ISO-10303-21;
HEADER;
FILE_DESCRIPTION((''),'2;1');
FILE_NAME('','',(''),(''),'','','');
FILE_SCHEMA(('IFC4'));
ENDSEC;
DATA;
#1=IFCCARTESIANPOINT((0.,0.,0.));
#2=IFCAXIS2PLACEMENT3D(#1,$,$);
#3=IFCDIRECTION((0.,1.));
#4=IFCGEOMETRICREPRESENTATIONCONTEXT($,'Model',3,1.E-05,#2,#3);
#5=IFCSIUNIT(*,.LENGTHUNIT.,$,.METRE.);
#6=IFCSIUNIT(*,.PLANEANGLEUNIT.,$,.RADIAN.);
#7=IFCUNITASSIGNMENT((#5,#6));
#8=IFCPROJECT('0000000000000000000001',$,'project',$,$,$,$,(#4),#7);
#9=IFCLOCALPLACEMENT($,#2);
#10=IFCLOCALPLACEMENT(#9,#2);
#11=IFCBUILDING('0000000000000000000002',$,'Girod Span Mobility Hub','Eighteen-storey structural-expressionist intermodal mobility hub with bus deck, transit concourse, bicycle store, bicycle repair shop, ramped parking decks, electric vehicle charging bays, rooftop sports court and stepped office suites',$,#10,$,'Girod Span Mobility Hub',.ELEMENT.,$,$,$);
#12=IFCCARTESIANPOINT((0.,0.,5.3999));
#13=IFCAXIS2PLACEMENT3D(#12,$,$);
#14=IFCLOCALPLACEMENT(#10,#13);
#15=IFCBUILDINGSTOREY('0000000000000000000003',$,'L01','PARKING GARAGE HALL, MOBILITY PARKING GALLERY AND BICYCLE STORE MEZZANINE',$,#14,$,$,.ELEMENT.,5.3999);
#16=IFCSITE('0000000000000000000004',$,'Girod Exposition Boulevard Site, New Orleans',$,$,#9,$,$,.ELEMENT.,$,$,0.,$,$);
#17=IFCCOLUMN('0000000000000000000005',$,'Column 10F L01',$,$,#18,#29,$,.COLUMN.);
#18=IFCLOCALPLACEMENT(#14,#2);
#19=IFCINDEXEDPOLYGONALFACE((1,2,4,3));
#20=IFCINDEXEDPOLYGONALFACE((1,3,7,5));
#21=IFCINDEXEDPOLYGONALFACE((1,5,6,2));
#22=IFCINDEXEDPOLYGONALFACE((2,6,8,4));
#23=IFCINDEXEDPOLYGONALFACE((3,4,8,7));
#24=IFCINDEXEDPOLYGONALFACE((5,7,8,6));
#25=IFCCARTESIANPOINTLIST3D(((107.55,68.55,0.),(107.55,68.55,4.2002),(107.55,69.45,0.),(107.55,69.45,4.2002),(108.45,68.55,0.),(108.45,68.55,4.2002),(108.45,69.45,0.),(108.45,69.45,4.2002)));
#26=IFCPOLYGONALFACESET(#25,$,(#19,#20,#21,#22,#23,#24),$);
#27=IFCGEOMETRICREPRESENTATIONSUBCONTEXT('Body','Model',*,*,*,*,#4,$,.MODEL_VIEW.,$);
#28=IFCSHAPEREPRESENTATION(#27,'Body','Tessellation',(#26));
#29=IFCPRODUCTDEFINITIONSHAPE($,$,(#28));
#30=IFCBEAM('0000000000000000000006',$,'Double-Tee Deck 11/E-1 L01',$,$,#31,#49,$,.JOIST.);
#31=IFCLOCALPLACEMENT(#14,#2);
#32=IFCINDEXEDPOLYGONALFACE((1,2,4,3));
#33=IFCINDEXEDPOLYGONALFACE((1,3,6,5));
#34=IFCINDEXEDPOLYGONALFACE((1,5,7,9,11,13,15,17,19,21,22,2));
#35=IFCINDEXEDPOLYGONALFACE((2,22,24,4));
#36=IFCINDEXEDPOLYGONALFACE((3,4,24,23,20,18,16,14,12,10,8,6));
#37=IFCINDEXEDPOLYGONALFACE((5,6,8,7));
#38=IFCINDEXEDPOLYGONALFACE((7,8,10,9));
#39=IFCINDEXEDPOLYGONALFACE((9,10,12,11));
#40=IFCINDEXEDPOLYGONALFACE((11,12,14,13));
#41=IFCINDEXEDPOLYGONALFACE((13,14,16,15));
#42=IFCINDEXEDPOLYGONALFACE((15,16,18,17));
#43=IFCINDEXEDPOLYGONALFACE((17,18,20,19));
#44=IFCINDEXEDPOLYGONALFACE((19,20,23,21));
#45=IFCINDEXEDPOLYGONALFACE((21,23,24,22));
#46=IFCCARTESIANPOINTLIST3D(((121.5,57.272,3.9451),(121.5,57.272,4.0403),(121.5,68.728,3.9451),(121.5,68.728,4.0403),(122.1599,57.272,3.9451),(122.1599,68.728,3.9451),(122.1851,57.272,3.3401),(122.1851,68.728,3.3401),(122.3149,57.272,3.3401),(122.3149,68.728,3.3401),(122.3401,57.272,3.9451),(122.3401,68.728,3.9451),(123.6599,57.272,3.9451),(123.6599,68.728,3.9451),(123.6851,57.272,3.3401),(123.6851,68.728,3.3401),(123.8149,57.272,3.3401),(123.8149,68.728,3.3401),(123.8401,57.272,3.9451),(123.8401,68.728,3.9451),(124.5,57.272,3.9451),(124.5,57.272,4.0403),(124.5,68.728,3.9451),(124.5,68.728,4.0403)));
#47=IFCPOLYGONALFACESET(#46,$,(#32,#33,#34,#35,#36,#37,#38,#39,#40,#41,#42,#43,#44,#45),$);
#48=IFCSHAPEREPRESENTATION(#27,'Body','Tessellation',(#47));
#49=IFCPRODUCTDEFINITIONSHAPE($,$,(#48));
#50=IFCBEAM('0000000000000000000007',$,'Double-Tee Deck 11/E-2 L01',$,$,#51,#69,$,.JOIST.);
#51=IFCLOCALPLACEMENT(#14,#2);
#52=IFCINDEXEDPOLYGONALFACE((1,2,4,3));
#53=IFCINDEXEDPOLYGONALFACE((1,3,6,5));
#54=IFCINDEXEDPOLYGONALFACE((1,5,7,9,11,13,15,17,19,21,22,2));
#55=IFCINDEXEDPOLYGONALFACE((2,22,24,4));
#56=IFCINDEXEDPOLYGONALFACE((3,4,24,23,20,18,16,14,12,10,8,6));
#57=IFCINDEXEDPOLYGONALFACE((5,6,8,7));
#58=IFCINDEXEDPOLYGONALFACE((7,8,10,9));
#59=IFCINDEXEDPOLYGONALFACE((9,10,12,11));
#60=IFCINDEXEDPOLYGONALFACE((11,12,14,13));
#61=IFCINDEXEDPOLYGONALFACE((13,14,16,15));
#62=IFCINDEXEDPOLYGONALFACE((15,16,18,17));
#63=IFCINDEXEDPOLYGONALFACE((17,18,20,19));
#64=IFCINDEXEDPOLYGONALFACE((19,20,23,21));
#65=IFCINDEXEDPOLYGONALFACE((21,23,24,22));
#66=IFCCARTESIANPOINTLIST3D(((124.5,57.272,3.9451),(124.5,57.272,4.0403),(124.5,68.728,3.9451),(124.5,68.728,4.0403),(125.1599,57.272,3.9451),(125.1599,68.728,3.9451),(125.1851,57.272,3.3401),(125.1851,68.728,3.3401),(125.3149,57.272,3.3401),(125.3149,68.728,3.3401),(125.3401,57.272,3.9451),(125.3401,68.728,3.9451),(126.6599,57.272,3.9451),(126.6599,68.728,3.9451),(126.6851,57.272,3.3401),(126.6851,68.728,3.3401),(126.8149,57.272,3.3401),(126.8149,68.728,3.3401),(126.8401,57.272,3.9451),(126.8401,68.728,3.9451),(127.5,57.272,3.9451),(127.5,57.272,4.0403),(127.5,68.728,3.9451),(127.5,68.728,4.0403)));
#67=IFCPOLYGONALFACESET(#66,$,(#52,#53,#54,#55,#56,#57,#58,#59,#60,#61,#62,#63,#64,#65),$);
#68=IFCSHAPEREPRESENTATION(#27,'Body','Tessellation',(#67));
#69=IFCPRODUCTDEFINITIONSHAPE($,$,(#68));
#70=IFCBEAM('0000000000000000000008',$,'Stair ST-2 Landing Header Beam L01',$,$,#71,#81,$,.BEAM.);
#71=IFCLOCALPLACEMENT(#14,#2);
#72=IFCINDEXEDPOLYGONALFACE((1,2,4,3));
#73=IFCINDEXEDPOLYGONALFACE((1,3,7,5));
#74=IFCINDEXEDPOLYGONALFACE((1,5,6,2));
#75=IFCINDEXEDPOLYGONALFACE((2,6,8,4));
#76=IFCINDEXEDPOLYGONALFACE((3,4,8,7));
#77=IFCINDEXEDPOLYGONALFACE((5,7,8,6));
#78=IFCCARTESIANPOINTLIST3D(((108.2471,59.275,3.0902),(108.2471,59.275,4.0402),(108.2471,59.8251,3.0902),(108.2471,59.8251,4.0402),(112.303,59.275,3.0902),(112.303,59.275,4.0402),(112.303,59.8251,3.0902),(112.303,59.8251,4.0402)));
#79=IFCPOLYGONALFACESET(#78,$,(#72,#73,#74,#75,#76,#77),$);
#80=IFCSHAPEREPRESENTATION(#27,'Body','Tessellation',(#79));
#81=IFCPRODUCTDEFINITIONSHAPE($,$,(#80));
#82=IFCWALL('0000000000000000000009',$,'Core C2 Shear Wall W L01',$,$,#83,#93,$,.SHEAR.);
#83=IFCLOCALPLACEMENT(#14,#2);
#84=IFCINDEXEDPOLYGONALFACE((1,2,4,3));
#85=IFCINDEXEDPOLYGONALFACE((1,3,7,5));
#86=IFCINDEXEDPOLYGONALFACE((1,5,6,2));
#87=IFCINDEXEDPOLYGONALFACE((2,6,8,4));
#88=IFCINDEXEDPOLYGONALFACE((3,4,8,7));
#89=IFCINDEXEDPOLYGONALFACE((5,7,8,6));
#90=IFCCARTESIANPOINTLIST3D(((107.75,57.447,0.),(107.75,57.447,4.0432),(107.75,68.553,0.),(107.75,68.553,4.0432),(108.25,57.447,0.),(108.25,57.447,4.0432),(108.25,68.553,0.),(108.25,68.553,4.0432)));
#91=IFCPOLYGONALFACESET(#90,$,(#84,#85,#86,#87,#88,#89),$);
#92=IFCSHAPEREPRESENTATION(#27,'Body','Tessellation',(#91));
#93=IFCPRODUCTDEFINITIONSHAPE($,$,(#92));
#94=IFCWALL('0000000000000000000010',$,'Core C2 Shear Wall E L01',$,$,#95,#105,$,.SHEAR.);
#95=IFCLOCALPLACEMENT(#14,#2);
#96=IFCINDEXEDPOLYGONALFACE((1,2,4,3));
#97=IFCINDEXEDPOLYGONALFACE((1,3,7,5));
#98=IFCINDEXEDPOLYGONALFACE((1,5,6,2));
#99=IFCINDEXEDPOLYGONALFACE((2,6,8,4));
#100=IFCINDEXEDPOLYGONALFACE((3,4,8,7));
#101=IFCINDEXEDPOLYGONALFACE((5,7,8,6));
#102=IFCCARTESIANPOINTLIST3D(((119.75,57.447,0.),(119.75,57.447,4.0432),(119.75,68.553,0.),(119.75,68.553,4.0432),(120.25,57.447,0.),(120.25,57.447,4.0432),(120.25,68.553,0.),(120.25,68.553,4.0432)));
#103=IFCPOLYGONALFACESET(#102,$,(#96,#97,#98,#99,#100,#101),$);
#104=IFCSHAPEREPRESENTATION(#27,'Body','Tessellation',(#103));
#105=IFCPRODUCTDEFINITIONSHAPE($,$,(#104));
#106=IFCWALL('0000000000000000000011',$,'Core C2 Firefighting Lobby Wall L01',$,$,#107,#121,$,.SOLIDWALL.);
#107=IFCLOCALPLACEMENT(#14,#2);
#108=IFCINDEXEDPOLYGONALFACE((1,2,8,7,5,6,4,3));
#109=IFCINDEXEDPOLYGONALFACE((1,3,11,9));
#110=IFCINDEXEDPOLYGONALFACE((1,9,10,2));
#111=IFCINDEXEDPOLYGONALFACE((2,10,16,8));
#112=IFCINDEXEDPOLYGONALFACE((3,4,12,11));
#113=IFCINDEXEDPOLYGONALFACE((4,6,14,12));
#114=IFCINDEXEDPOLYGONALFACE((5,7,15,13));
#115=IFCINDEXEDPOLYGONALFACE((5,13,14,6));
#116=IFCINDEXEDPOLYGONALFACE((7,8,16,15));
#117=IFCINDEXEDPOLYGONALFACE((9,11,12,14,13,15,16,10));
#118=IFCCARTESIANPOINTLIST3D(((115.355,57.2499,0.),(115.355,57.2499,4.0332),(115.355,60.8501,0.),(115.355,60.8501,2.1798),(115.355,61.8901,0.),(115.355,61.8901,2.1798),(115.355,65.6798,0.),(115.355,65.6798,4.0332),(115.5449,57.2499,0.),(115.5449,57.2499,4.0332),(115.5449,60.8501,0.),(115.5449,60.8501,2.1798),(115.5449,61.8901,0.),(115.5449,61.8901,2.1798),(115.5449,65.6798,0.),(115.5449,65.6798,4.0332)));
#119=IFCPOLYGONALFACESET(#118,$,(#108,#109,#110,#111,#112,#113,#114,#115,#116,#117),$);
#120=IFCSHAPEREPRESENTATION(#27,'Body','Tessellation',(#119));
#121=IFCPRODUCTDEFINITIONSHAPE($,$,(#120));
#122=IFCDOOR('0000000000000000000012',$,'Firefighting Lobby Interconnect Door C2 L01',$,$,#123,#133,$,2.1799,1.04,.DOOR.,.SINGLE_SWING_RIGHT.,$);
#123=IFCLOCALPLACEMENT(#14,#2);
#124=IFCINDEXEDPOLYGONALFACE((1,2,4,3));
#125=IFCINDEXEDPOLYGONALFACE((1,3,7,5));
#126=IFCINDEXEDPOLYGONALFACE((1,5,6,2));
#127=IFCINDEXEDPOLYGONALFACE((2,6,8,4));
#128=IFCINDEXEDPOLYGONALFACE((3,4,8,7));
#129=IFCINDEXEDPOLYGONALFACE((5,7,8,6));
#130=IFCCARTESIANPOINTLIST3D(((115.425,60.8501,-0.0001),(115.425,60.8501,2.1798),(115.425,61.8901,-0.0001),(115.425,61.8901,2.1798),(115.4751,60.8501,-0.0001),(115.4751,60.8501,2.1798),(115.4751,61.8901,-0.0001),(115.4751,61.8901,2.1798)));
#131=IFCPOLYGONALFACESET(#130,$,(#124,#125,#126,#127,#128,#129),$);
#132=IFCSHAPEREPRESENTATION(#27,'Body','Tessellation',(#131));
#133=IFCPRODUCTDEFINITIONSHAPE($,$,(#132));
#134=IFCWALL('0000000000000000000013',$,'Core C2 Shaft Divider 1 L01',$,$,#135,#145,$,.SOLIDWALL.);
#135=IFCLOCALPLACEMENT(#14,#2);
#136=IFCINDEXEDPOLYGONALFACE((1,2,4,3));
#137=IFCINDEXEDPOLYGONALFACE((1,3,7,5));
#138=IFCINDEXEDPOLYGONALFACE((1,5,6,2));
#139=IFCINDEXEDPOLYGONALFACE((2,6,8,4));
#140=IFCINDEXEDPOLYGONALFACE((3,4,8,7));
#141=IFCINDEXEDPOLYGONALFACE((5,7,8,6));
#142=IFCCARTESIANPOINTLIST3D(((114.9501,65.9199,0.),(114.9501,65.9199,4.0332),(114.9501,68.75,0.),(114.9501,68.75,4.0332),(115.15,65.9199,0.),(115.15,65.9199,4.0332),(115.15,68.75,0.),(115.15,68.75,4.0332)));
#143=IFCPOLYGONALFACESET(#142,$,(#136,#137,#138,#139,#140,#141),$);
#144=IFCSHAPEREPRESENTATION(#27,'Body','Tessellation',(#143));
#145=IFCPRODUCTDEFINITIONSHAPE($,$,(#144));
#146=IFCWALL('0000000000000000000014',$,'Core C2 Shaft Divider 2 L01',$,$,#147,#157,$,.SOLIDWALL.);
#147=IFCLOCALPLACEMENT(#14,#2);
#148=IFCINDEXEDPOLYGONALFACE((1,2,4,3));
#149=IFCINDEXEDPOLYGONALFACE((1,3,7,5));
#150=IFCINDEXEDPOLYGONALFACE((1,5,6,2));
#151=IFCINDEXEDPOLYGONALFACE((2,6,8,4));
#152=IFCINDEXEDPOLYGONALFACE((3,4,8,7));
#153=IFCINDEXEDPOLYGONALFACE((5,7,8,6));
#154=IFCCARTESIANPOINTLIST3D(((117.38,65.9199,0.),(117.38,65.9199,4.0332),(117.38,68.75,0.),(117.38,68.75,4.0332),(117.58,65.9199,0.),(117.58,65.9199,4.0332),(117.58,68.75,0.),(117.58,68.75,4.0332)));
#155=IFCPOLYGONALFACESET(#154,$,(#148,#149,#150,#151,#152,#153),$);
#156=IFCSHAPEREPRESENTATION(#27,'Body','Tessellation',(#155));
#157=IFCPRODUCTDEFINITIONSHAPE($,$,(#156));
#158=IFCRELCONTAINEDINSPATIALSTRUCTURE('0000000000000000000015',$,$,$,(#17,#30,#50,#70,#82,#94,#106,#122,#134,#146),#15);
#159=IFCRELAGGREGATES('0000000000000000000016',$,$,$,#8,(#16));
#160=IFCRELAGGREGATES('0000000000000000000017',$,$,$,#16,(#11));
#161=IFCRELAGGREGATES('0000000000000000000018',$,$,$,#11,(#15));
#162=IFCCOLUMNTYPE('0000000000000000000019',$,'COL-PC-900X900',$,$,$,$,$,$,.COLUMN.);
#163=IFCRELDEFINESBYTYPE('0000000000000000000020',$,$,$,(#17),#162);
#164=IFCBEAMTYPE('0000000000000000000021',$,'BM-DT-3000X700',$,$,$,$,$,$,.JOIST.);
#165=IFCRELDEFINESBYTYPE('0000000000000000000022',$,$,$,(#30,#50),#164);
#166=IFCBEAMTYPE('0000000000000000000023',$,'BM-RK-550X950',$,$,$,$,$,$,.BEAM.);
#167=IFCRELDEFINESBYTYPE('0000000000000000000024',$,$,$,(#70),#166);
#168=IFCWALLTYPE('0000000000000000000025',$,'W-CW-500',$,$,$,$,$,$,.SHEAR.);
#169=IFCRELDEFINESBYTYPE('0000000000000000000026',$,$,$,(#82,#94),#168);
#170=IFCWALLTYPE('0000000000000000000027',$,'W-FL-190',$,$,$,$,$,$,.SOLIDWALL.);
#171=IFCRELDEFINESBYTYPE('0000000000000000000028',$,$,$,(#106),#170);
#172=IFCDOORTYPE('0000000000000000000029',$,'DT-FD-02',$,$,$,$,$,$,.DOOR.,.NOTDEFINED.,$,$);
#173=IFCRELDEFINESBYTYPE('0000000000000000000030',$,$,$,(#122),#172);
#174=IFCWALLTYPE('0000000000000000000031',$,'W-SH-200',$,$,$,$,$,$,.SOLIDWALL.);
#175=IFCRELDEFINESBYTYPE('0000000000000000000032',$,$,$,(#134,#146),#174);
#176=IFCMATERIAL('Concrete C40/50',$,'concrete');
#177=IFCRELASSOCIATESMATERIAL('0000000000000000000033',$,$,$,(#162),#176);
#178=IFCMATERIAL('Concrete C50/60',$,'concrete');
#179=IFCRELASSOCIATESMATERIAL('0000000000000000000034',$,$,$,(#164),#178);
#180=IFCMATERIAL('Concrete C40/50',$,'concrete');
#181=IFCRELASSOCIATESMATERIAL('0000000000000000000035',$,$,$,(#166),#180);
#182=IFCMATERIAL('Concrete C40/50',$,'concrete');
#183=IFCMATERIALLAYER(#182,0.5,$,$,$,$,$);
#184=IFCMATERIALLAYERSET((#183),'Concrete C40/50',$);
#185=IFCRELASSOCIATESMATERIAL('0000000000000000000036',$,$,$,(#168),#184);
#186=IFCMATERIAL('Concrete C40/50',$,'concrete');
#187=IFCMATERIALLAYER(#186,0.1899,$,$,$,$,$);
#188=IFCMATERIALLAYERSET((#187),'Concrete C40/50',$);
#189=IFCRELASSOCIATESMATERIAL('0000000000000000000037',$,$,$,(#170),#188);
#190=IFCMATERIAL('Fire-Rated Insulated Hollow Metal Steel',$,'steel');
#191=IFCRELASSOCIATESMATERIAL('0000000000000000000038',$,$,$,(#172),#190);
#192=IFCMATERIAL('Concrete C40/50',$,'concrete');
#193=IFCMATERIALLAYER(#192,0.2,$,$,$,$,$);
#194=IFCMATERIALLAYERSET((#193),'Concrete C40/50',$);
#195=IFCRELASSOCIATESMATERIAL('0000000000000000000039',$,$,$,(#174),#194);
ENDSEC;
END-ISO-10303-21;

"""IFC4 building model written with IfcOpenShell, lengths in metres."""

from ifc_helpers import new_model, si_unit, direction, frame, frame_2d, origin, origin_2d, place, context, subcontext, project, spatial, polyline, rectangle, outline, extrude, material, layer, layer_set, material_profile, profile_set, type_object, element, fill, save


model = new_model("IFC4")

# Units and contexts
model_context = context("Model", 3, precision=1e-05, world=origin(), true_north=direction((0.0, 1.0)))
body_context = subcontext(model_context, "Body", "Model", "MODEL_VIEW")
ifc_project = project(units=[si_unit("LENGTHUNIT", "METRE"), si_unit("PLANEANGLEUNIT", "RADIAN")], contexts=[model_context])

# Site, building, storey
site_placement = place(None, origin())
site = spatial("IfcSite", under=ifc_project, at=site_placement, Name="Girod Exposition Boulevard Site, New Orleans", CompositionType="ELEMENT", RefElevation=0.0)
building_placement = place(site_placement, origin())
building = spatial("IfcBuilding", under=site, at=building_placement, Name="Girod Span Mobility Hub", Description="Eighteen-storey structural-expressionist intermodal mobility hub with bus deck, transit concourse, bicycle store, bicycle repair shop, ramped parking decks, electric vehicle charging bays, rooftop sports court and stepped office suites", LongName="Girod Span Mobility Hub", CompositionType="ELEMENT")
storey_placement = place(building_placement, frame((0.0, 0.0, 5.3999)))
storey = spatial("IfcBuildingStorey", under=building, at=storey_placement, Name="L01", Description="PARKING GARAGE HALL, MOBILITY PARKING GALLERY AND BICYCLE STORE MEZZANINE", CompositionType="ELEMENT", Elevation=5.3999)

# Column
ifc_material_1 = material(Name="Concrete C40/50", Category="concrete")
ifc_material_profile_1 = material_profile(ifc_material_1, rectangle(XDim=0.8999, YDim=0.8999, at=origin_2d()), Name="PC-COL-900X900")
ifc_profile_set_1 = profile_set([ifc_material_profile_1], Name="Concrete C40/50")
column_type = type_object("IfcColumnType", Name="COL-PC-900X900", PredefinedType="COLUMN", material=ifc_profile_set_1)
column_placement = place(storey_placement, frame((108.0, 69.0, 0.0), z_axis=(0.0, 0.0, 1.0), x_axis=(1.0, 0.0, 0.0)))
element("IfcColumn", 1, at=column_placement, inside=storey, type_object=column_type, Name="Column 10F L01", PredefinedType="COLUMN", context=body_context, shape_type="SweptSolid", body=[
    extrude(rectangle(XDim=0.8999, YDim=0.8999, at=origin_2d()), origin(), (0.0, 0.0, 1.0), 4.2002),
])

# Beams
ifc_material_2 = material(Name="Concrete C50/60", Category="concrete")
ifc_material_profile_2 = material_profile(ifc_material_2, outline(polyline([(-1.5, 0.3501), (-1.5, 0.2549), (-0.8401, 0.2549), (-0.8149, -0.3501), (-0.6851, -0.3501), (-0.6599, 0.2549), (0.6599, 0.2549), (0.6851, -0.3501), (0.8149, -0.3501), (0.8401, 0.2549), (1.5, 0.2549), (1.5, 0.3501), (-1.5, 0.3501)])), Name="DT-3000X700")
ifc_profile_set_2 = profile_set([ifc_material_profile_2], Name="Concrete C50/60")
beam_type_1 = type_object("IfcBeamType", Name="BM-DT-3000X700", PredefinedType="JOIST", material=ifc_profile_set_2)
for number, where, z_axis, x_axis, name in (
    (2, (123.0, 57.272, 3.6902), (0.0, 1.0, 0.0), (-1.0, 0.0, 0.0), "Double-Tee Deck 11/E-1 L01"),
    (3, (126.0, 57.272, 3.6902), (0.0, 1.0, 0.0), (-1.0, 0.0, 0.0), "Double-Tee Deck 11/E-2 L01"),
):
    element("IfcBeam", number, at=place(storey_placement, frame(where, z_axis=z_axis, x_axis=x_axis)), inside=storey, type_object=beam_type_1, Name=name, PredefinedType="JOIST", context=body_context, shape_type="SweptSolid", body=[
        extrude(outline(polyline([(-1.5, 0.3501), (-1.5, 0.2549), (-0.8401, 0.2549), (-0.8149, -0.3501), (-0.6851, -0.3501), (-0.6599, 0.2549), (0.6599, 0.2549), (0.6851, -0.3501), (0.8149, -0.3501), (0.8401, 0.2549), (1.5, 0.2549), (1.5, 0.3501), (-1.5, 0.3501)])), origin(), (0.0, 0.0, 1.0), 11.4561),
    ])
ifc_material_3 = material(Name="Concrete C40/50", Category="concrete")
ifc_material_profile_3 = material_profile(ifc_material_3, rectangle(XDim=0.55, YDim=0.95, at=origin_2d()), Name="RK-550X950")
ifc_profile_set_3 = profile_set([ifc_material_profile_3], Name="Concrete C40/50")
beam_type_2 = type_object("IfcBeamType", Name="BM-RK-550X950", PredefinedType="BEAM", material=ifc_profile_set_3)
beam_placement = place(storey_placement, frame((108.2471, 59.55, 3.5652), z_axis=(1.0, 0.0, 0.0), x_axis=(0.0, 1.0, 0.0)))
element("IfcBeam", 4, at=beam_placement, inside=storey, type_object=beam_type_2, Name="Stair ST-2 Landing Header Beam L01", PredefinedType="BEAM", context=body_context, shape_type="SweptSolid", body=[
    extrude(rectangle(XDim=0.55, YDim=0.95, at=origin_2d()), origin(), (0.0, 0.0, 1.0), 4.0559),
])

# Walls
ifc_material_4 = material(Name="Concrete C40/50", Category="concrete")
ifc_layer_1 = layer(ifc_material_4, 0.5)
ifc_layer_set_1 = layer_set([ifc_layer_1], Name="Concrete C40/50")
wall_type_1 = type_object("IfcWallType", Name="W-CW-500", PredefinedType="SHEAR", material=ifc_layer_set_1)
for number, where, z_axis, x_axis, name in (
    (5, (108.0, 57.447, 0.0), (0.0, 0.0, 1.0), (0.0, 1.0, 0.0), "Core C2 Shear Wall W L01"),
    (6, (120.0, 57.447, 0.0), (0.0, 0.0, 1.0), (0.0, 1.0, 0.0), "Core C2 Shear Wall E L01"),
):
    element("IfcWall", number, at=place(storey_placement, frame(where, z_axis=z_axis, x_axis=x_axis)), inside=storey, type_object=wall_type_1, Name=name, PredefinedType="SHEAR", context=body_context, shape_type="SweptSolid", body=[
        extrude(rectangle(XDim=11.106, YDim=0.5, at=frame_2d((5.553, 0.0))), origin(), (0.0, 0.0, 1.0), 4.0432),
    ])

# Wall, opening, door
ifc_material_5 = material(Name="Concrete C40/50", Category="concrete")
ifc_layer_2 = layer(ifc_material_5, 0.1899)
ifc_layer_set_2 = layer_set([ifc_layer_2], Name="Concrete C40/50")
wall_type_2 = type_object("IfcWallType", Name="W-FL-190", PredefinedType="SOLIDWALL", material=ifc_layer_set_2)
wall_1_placement = place(storey_placement, frame((115.45, 57.25, 0.0), z_axis=(0.0, 0.0, 1.0), x_axis=(0.0, 1.0, 0.0)))
wall_1 = element("IfcWall", 7, at=wall_1_placement, inside=storey, type_object=wall_type_2, Name="Core C2 Firefighting Lobby Wall L01", PredefinedType="SOLIDWALL", context=body_context, shape_type="SweptSolid", body=[
    extrude(rectangle(XDim=8.4299, YDim=0.1899, at=frame_2d((4.2148, 0.0))), origin(), (0.0, 0.0, 1.0), 4.0332),
])
opening_1_placement = place(wall_1_placement, frame((3.6001, 0.0, 0.0)))
opening_1 = element("IfcOpeningElement", 8, at=opening_1_placement, cuts=wall_1, PredefinedType="OPENING", context=body_context, shape_type="SweptSolid", body=[
    extrude(rectangle(XDim=1.04, YDim=2.1799, at=frame_2d((0.52, 1.0898))), frame((0.0, 0.1099, 0.0), z_axis=(0.0, -1.0, 0.0), x_axis=(1.0, 0.0, 0.0)), (0.0, 0.0, 1.0), 0.22),
])
ifc_material_6 = material(Name="Fire-Rated Insulated Hollow Metal Steel", Category="steel")
door_type_1 = type_object("IfcDoorType", Name="DT-FD-02", OperationType="NOTDEFINED", PredefinedType="DOOR", material=ifc_material_6)
door_1_placement = place(opening_1_placement, origin())
door_1 = element("IfcDoor", 9, at=door_1_placement, inside=storey, type_object=door_type_1, Name="Firefighting Lobby Interconnect Door C2 L01", OperationType="SINGLE_SWING_RIGHT", OverallHeight=2.1799, OverallWidth=1.04, PredefinedType="DOOR", context=body_context, shape_type="SweptSolid", body=[
    extrude(rectangle(XDim=1.04, YDim=2.1799, at=frame_2d((0.52, 1.0898))), frame((0.0, 0.0249, 0.0), z_axis=(0.0, -1.0, 0.0), x_axis=(1.0, 0.0, 0.0)), (0.0, 0.0, 1.0), 0.05),
])
fill(opening_1, door_1)

# Walls
ifc_material_7 = material(Name="Concrete C40/50", Category="concrete")
ifc_layer_3 = layer(ifc_material_7, 0.2)
ifc_layer_set_3 = layer_set([ifc_layer_3], Name="Concrete C40/50")
wall_type_3 = type_object("IfcWallType", Name="W-SH-200", PredefinedType="SOLIDWALL", material=ifc_layer_set_3)
for number, where, z_axis, x_axis, name in (
    (10, (115.05, 65.9199, 0.0), (0.0, 0.0, 1.0), (0.0, 1.0, 0.0), "Core C2 Shaft Divider 1 L01"),
    (11, (117.48, 65.9199, 0.0), (0.0, 0.0, 1.0), (0.0, 1.0, 0.0), "Core C2 Shaft Divider 2 L01"),
):
    element("IfcWall", number, at=place(storey_placement, frame(where, z_axis=z_axis, x_axis=x_axis)), inside=storey, type_object=wall_type_3, Name=name, PredefinedType="SOLIDWALL", context=body_context, shape_type="SweptSolid", body=[
        extrude(rectangle(XDim=2.8301, YDim=0.2, at=frame_2d((1.415, 0.0))), origin(), (0.0, 0.0, 1.0), 4.0332),
    ])

save(model, "model.ifc")
